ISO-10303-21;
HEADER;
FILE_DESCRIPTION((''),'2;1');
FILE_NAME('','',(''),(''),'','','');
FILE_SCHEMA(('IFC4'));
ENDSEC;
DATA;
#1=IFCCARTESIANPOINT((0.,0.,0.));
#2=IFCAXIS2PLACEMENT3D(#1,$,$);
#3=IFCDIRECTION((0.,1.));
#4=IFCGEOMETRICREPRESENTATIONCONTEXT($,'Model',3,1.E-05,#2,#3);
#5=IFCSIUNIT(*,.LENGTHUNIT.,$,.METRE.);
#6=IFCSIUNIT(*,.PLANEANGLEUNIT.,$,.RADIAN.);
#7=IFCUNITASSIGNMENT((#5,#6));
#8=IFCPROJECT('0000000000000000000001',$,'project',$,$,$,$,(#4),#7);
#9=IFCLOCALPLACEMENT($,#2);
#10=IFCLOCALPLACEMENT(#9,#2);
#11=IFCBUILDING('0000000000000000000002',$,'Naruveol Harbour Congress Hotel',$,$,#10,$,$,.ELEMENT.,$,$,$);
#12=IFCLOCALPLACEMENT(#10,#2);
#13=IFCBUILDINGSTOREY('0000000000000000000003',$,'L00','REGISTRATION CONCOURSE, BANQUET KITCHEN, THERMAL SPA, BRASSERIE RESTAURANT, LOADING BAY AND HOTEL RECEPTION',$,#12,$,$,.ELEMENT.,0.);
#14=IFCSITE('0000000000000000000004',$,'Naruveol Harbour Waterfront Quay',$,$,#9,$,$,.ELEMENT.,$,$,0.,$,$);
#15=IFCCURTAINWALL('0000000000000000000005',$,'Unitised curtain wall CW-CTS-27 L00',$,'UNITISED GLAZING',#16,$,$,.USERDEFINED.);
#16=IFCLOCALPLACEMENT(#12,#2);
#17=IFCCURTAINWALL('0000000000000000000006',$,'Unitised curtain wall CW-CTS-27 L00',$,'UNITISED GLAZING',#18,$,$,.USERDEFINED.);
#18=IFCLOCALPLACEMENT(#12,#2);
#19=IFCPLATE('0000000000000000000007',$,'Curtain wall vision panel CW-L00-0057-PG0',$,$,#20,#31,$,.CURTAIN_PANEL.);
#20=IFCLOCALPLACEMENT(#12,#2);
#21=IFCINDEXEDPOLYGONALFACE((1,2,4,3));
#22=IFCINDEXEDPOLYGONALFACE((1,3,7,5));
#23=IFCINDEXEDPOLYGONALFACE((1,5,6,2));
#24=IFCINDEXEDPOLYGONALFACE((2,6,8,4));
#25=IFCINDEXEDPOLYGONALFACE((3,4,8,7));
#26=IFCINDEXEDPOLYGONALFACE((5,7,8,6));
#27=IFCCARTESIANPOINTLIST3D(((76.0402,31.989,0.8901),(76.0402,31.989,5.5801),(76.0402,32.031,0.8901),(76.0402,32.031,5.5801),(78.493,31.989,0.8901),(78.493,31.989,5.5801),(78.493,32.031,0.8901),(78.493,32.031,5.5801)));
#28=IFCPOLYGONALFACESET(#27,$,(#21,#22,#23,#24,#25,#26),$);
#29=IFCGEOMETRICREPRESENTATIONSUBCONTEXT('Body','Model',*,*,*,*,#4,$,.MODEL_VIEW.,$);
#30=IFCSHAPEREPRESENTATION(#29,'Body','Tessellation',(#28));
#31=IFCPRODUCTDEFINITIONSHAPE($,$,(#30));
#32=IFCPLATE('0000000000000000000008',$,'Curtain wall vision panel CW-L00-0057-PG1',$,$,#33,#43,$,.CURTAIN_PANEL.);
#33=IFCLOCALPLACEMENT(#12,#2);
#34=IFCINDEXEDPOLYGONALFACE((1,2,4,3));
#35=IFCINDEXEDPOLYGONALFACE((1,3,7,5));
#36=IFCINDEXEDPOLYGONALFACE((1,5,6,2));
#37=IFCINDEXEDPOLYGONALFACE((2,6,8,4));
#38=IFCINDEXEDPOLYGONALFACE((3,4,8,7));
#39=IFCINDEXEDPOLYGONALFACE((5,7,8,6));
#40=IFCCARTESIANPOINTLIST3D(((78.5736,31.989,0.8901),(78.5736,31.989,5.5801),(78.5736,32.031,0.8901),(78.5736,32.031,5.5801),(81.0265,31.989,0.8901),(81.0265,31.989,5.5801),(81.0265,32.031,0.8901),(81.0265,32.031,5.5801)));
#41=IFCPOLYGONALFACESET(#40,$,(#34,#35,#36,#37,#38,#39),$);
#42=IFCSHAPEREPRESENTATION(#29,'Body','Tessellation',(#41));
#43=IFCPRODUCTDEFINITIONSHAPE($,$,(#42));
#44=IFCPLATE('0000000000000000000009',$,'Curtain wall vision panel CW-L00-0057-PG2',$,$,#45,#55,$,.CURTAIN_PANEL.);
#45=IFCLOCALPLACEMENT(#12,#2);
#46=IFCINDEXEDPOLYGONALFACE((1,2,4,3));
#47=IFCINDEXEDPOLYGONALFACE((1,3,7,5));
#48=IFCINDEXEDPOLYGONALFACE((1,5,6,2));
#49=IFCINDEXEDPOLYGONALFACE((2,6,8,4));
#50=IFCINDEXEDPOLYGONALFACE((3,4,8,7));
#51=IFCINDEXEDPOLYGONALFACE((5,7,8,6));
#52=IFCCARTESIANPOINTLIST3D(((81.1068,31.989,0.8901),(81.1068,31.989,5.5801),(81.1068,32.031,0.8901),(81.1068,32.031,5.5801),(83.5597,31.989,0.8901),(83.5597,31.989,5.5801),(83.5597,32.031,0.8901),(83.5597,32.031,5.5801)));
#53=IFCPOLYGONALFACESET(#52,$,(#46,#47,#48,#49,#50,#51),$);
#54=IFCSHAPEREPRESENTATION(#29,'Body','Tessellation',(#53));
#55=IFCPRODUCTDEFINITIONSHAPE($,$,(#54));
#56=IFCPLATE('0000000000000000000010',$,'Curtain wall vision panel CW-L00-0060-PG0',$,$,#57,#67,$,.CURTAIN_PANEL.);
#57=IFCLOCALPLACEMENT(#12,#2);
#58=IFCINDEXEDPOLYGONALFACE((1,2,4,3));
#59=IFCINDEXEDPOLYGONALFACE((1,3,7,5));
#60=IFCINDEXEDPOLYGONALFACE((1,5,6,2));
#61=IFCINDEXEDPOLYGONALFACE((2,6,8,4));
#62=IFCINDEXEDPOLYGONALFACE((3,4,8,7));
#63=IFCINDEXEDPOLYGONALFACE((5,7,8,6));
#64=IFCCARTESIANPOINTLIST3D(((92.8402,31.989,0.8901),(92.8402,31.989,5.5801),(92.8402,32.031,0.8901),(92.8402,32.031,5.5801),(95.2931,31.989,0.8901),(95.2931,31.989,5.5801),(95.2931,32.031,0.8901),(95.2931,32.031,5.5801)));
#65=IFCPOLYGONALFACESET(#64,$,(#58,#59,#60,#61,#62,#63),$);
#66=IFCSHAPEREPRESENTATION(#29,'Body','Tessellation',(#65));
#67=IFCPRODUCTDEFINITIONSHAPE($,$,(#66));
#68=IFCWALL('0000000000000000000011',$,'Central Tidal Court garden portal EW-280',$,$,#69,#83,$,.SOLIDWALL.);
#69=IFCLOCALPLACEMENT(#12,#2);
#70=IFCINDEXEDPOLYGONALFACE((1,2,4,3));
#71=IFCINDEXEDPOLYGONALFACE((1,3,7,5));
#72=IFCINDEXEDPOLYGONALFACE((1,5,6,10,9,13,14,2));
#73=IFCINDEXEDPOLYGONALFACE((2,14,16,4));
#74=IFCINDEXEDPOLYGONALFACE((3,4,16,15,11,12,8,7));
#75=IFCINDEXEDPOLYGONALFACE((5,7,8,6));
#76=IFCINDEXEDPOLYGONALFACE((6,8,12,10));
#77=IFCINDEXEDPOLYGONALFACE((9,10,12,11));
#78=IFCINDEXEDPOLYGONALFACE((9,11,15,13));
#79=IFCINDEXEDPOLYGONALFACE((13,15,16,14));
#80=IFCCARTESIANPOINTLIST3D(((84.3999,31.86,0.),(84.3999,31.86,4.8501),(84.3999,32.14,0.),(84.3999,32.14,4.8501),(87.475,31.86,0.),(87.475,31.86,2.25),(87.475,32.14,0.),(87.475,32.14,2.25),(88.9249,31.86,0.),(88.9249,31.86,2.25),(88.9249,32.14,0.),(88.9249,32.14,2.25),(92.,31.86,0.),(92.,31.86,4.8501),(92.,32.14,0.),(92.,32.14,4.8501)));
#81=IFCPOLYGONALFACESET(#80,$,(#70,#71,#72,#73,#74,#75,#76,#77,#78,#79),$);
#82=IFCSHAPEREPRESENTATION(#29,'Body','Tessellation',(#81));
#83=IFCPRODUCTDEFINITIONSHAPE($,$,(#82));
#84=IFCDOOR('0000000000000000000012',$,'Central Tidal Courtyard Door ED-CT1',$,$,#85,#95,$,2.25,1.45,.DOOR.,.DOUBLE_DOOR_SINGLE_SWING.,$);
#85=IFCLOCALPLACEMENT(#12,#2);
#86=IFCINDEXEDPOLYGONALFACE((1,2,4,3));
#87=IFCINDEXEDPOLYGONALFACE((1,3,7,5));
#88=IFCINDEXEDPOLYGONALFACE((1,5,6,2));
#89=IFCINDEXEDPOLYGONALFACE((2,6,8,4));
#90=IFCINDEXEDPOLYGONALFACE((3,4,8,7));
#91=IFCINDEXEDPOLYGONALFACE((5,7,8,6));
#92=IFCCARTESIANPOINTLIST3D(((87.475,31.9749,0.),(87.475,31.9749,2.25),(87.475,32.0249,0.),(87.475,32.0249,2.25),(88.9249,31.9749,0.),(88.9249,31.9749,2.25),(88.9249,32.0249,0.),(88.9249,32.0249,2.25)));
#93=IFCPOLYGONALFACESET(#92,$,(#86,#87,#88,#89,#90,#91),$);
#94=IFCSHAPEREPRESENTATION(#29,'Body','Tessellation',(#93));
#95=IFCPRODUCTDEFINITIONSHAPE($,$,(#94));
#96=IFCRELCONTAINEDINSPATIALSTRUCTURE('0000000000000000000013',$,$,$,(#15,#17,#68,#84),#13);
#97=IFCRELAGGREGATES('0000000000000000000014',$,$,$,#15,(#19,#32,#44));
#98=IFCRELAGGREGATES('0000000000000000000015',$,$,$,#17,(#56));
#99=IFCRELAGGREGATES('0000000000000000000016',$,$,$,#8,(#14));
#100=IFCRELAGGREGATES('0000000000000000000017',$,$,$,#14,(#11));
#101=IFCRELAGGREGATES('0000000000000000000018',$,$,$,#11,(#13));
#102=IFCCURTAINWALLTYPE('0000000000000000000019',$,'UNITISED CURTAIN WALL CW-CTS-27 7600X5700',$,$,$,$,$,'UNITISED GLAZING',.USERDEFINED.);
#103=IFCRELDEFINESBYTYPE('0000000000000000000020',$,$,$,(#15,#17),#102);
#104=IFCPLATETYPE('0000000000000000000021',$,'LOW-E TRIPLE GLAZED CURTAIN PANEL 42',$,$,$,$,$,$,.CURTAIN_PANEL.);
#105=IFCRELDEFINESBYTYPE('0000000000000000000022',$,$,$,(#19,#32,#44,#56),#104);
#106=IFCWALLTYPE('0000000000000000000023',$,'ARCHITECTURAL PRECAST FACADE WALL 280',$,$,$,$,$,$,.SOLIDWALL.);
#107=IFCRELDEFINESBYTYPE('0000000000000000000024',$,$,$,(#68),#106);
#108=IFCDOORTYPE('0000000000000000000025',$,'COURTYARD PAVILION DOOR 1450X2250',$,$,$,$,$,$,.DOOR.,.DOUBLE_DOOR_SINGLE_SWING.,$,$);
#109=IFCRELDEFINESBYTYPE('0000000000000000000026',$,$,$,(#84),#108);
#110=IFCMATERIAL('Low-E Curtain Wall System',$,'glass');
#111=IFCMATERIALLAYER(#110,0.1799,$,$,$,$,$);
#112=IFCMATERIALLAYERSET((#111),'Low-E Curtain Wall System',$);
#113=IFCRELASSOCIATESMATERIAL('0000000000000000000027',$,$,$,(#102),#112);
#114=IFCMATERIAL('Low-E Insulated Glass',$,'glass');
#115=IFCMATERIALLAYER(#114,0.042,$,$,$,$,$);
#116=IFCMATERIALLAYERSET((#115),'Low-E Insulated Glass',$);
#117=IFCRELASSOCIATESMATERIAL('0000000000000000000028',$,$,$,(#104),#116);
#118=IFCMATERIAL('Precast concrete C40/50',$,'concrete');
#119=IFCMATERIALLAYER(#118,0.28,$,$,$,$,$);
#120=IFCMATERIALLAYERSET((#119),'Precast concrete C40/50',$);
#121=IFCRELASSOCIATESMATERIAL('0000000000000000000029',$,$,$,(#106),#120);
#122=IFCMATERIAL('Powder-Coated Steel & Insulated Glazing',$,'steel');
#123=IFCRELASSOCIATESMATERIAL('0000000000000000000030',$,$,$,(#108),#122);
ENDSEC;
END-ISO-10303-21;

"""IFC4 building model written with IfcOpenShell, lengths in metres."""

from ifc_helpers import new_model, si_unit, direction, frame, frame_2d, origin, origin_2d, place, context, subcontext, project, spatial, rectangle, extrude, material, layer, layer_set, type_object, element, fill, aggregate, save


model = new_model("IFC4")

# Units and contexts
model_context = context("Model", 3, precision=1e-05, world=origin(), true_north=direction((0.0, 1.0)))
body_context = subcontext(model_context, "Body", "Model", "MODEL_VIEW")
ifc_project = project(units=[si_unit("LENGTHUNIT", "METRE"), si_unit("PLANEANGLEUNIT", "RADIAN")], contexts=[model_context])

# Site, building, storey
site_placement = place(None, origin())
site = spatial("IfcSite", under=ifc_project, at=site_placement, Name="Naruveol Harbour Waterfront Quay", CompositionType="ELEMENT", RefElevation=0.0)
building_placement = place(site_placement, origin())
building = spatial("IfcBuilding", under=site, at=building_placement, Name="Naruveol Harbour Congress Hotel", CompositionType="ELEMENT")
storey_placement = place(building_placement, origin())
storey = spatial("IfcBuildingStorey", under=building, at=storey_placement, Name="L00", Description="REGISTRATION CONCOURSE, BANQUET KITCHEN, THERMAL SPA, BRASSERIE RESTAURANT, LOADING BAY AND HOTEL RECEPTION", CompositionType="ELEMENT", Elevation=0.0)

# Curtain wall
ifc_material_1 = material(Name="Low-E Curtain Wall System", Category="glass")
ifc_layer_1 = layer(ifc_material_1, 0.1799)
ifc_layer_set_1 = layer_set([ifc_layer_1], Name="Low-E Curtain Wall System")
curtain_wall_type = type_object("IfcCurtainWallType", Name="UNITISED CURTAIN WALL CW-CTS-27 7600X5700", ElementType="UNITISED GLAZING", PredefinedType="USERDEFINED", material=ifc_layer_set_1)
curtain_wall_1_placement = place(storey_placement, origin())
curtain_wall_1 = element("IfcCurtainWall", 1, at=curtain_wall_1_placement, inside=storey, type_object=curtain_wall_type, Name="Unitised curtain wall CW-CTS-27 L00", ObjectType="UNITISED GLAZING", PredefinedType="USERDEFINED")

# Curtain wall
curtain_wall_2_placement = place(storey_placement, origin())
curtain_wall_2 = element("IfcCurtainWall", 2, at=curtain_wall_2_placement, inside=storey, type_object=curtain_wall_type, Name="Unitised curtain wall CW-CTS-27 L00", ObjectType="UNITISED GLAZING", PredefinedType="USERDEFINED")

# Plates
ifc_material_2 = material(Name="Low-E Insulated Glass", Category="glass")
ifc_layer_2 = layer(ifc_material_2, 0.042)
ifc_layer_set_2 = layer_set([ifc_layer_2], Name="Low-E Insulated Glass")
plate_type_1 = type_object("IfcPlateType", Name="LOW-E TRIPLE GLAZED CURTAIN PANEL 42", PredefinedType="CURTAIN_PANEL", material=ifc_layer_set_2)
plate_1_placement = place(storey_placement, frame((77.2666, 32.01, 0.8901), z_axis=(0.0, 0.0, 1.0), x_axis=(1.0, 0.0, 0.0)))
plate_1 = element("IfcPlate", 3, at=plate_1_placement, type_object=plate_type_1, Name="Curtain wall vision panel CW-L00-0057-PG0", PredefinedType="CURTAIN_PANEL", context=body_context, shape_type="SweptSolid", body=[
    extrude(rectangle(XDim=2.4529, YDim=0.042, at=origin_2d()), origin(), (0.0, 0.0, 1.0), 4.6899),
])
plate_2_placement = place(storey_placement, frame((79.8, 32.01, 0.8901), z_axis=(0.0, 0.0, 1.0), x_axis=(1.0, 0.0, 0.0)))
plate_2 = element("IfcPlate", 4, at=plate_2_placement, type_object=plate_type_1, Name="Curtain wall vision panel CW-L00-0057-PG1", PredefinedType="CURTAIN_PANEL", context=body_context, shape_type="SweptSolid", body=[
    extrude(rectangle(XDim=2.4529, YDim=0.042, at=origin_2d()), origin(), (0.0, 0.0, 1.0), 4.6899),
])
plate_3_placement = place(storey_placement, frame((82.3333, 32.01, 0.8901), z_axis=(0.0, 0.0, 1.0), x_axis=(1.0, 0.0, 0.0)))
plate_3 = element("IfcPlate", 5, at=plate_3_placement, type_object=plate_type_1, Name="Curtain wall vision panel CW-L00-0057-PG2", PredefinedType="CURTAIN_PANEL", context=body_context, shape_type="SweptSolid", body=[
    extrude(rectangle(XDim=2.4529, YDim=0.042, at=origin_2d()), origin(), (0.0, 0.0, 1.0), 4.6899),
])
aggregate(curtain_wall_1, [plate_1, plate_2, plate_3])
plate_4_placement = place(storey_placement, frame((94.0667, 32.01, 0.8901), z_axis=(0.0, 0.0, 1.0), x_axis=(1.0, 0.0, 0.0)))
plate_4 = element("IfcPlate", 6, at=plate_4_placement, type_object=plate_type_1, Name="Curtain wall vision panel CW-L00-0060-PG0", PredefinedType="CURTAIN_PANEL", context=body_context, shape_type="SweptSolid", body=[
    extrude(rectangle(XDim=2.4529, YDim=0.042, at=origin_2d()), origin(), (0.0, 0.0, 1.0), 4.6899),
])
aggregate(curtain_wall_2, [plate_4])

# Wall, opening, door
ifc_material_3 = material(Name="Precast concrete C40/50", Category="concrete")
ifc_layer_3 = layer(ifc_material_3, 0.28)
ifc_layer_set_3 = layer_set([ifc_layer_3], Name="Precast concrete C40/50")
wall_type = type_object("IfcWallType", Name="ARCHITECTURAL PRECAST FACADE WALL 280", PredefinedType="SOLIDWALL", material=ifc_layer_set_3)
wall_placement = place(storey_placement, frame((84.3999, 32.0, 0.0), z_axis=(0.0, 0.0, 1.0), x_axis=(1.0, 0.0, 0.0)))
wall = element("IfcWall", 7, at=wall_placement, inside=storey, type_object=wall_type, Name="Central Tidal Court garden portal EW-280", PredefinedType="SOLIDWALL", context=body_context, shape_type="SweptSolid", body=[
    extrude(rectangle(XDim=7.6001, YDim=0.28, at=frame_2d((3.8, 0.0))), origin(), (0.0, 0.0, 1.0), 4.8501),
])
opening_placement = place(wall_placement, frame((3.075, 0.0, 0.0)))
opening = element("IfcOpeningElement", 8, at=opening_placement, cuts=wall, PredefinedType="OPENING", context=body_context, shape_type="SweptSolid", body=[
    extrude(rectangle(XDim=1.45, YDim=2.25, at=frame_2d((0.7251, 1.125))), frame((0.0, 0.1499, 0.0), z_axis=(0.0, -1.0, 0.0), x_axis=(1.0, 0.0, 0.0)), (0.0, 0.0, 1.0), 0.3),
])
ifc_material_4 = material(Name="Powder-Coated Steel & Insulated Glazing", Category="steel")
door_type = type_object("IfcDoorType", Name="COURTYARD PAVILION DOOR 1450X2250", OperationType="DOUBLE_DOOR_SINGLE_SWING", PredefinedType="DOOR", material=ifc_material_4)
door_placement = place(opening_placement, origin())
door = element("IfcDoor", 9, at=door_placement, inside=storey, type_object=door_type, Name="Central Tidal Courtyard Door ED-CT1", OperationType="DOUBLE_DOOR_SINGLE_SWING", OverallHeight=2.25, OverallWidth=1.45, PredefinedType="DOOR", context=body_context, shape_type="SweptSolid", body=[
    extrude(rectangle(XDim=1.45, YDim=2.25, at=frame_2d((0.7251, 1.125))), frame((0.0, 0.0249, 0.0), z_axis=(0.0, -1.0, 0.0), x_axis=(1.0, 0.0, 0.0)), (0.0, 0.0, 1.0), 0.05),
])
fill(opening, door)

save(model, "model.ifc")
